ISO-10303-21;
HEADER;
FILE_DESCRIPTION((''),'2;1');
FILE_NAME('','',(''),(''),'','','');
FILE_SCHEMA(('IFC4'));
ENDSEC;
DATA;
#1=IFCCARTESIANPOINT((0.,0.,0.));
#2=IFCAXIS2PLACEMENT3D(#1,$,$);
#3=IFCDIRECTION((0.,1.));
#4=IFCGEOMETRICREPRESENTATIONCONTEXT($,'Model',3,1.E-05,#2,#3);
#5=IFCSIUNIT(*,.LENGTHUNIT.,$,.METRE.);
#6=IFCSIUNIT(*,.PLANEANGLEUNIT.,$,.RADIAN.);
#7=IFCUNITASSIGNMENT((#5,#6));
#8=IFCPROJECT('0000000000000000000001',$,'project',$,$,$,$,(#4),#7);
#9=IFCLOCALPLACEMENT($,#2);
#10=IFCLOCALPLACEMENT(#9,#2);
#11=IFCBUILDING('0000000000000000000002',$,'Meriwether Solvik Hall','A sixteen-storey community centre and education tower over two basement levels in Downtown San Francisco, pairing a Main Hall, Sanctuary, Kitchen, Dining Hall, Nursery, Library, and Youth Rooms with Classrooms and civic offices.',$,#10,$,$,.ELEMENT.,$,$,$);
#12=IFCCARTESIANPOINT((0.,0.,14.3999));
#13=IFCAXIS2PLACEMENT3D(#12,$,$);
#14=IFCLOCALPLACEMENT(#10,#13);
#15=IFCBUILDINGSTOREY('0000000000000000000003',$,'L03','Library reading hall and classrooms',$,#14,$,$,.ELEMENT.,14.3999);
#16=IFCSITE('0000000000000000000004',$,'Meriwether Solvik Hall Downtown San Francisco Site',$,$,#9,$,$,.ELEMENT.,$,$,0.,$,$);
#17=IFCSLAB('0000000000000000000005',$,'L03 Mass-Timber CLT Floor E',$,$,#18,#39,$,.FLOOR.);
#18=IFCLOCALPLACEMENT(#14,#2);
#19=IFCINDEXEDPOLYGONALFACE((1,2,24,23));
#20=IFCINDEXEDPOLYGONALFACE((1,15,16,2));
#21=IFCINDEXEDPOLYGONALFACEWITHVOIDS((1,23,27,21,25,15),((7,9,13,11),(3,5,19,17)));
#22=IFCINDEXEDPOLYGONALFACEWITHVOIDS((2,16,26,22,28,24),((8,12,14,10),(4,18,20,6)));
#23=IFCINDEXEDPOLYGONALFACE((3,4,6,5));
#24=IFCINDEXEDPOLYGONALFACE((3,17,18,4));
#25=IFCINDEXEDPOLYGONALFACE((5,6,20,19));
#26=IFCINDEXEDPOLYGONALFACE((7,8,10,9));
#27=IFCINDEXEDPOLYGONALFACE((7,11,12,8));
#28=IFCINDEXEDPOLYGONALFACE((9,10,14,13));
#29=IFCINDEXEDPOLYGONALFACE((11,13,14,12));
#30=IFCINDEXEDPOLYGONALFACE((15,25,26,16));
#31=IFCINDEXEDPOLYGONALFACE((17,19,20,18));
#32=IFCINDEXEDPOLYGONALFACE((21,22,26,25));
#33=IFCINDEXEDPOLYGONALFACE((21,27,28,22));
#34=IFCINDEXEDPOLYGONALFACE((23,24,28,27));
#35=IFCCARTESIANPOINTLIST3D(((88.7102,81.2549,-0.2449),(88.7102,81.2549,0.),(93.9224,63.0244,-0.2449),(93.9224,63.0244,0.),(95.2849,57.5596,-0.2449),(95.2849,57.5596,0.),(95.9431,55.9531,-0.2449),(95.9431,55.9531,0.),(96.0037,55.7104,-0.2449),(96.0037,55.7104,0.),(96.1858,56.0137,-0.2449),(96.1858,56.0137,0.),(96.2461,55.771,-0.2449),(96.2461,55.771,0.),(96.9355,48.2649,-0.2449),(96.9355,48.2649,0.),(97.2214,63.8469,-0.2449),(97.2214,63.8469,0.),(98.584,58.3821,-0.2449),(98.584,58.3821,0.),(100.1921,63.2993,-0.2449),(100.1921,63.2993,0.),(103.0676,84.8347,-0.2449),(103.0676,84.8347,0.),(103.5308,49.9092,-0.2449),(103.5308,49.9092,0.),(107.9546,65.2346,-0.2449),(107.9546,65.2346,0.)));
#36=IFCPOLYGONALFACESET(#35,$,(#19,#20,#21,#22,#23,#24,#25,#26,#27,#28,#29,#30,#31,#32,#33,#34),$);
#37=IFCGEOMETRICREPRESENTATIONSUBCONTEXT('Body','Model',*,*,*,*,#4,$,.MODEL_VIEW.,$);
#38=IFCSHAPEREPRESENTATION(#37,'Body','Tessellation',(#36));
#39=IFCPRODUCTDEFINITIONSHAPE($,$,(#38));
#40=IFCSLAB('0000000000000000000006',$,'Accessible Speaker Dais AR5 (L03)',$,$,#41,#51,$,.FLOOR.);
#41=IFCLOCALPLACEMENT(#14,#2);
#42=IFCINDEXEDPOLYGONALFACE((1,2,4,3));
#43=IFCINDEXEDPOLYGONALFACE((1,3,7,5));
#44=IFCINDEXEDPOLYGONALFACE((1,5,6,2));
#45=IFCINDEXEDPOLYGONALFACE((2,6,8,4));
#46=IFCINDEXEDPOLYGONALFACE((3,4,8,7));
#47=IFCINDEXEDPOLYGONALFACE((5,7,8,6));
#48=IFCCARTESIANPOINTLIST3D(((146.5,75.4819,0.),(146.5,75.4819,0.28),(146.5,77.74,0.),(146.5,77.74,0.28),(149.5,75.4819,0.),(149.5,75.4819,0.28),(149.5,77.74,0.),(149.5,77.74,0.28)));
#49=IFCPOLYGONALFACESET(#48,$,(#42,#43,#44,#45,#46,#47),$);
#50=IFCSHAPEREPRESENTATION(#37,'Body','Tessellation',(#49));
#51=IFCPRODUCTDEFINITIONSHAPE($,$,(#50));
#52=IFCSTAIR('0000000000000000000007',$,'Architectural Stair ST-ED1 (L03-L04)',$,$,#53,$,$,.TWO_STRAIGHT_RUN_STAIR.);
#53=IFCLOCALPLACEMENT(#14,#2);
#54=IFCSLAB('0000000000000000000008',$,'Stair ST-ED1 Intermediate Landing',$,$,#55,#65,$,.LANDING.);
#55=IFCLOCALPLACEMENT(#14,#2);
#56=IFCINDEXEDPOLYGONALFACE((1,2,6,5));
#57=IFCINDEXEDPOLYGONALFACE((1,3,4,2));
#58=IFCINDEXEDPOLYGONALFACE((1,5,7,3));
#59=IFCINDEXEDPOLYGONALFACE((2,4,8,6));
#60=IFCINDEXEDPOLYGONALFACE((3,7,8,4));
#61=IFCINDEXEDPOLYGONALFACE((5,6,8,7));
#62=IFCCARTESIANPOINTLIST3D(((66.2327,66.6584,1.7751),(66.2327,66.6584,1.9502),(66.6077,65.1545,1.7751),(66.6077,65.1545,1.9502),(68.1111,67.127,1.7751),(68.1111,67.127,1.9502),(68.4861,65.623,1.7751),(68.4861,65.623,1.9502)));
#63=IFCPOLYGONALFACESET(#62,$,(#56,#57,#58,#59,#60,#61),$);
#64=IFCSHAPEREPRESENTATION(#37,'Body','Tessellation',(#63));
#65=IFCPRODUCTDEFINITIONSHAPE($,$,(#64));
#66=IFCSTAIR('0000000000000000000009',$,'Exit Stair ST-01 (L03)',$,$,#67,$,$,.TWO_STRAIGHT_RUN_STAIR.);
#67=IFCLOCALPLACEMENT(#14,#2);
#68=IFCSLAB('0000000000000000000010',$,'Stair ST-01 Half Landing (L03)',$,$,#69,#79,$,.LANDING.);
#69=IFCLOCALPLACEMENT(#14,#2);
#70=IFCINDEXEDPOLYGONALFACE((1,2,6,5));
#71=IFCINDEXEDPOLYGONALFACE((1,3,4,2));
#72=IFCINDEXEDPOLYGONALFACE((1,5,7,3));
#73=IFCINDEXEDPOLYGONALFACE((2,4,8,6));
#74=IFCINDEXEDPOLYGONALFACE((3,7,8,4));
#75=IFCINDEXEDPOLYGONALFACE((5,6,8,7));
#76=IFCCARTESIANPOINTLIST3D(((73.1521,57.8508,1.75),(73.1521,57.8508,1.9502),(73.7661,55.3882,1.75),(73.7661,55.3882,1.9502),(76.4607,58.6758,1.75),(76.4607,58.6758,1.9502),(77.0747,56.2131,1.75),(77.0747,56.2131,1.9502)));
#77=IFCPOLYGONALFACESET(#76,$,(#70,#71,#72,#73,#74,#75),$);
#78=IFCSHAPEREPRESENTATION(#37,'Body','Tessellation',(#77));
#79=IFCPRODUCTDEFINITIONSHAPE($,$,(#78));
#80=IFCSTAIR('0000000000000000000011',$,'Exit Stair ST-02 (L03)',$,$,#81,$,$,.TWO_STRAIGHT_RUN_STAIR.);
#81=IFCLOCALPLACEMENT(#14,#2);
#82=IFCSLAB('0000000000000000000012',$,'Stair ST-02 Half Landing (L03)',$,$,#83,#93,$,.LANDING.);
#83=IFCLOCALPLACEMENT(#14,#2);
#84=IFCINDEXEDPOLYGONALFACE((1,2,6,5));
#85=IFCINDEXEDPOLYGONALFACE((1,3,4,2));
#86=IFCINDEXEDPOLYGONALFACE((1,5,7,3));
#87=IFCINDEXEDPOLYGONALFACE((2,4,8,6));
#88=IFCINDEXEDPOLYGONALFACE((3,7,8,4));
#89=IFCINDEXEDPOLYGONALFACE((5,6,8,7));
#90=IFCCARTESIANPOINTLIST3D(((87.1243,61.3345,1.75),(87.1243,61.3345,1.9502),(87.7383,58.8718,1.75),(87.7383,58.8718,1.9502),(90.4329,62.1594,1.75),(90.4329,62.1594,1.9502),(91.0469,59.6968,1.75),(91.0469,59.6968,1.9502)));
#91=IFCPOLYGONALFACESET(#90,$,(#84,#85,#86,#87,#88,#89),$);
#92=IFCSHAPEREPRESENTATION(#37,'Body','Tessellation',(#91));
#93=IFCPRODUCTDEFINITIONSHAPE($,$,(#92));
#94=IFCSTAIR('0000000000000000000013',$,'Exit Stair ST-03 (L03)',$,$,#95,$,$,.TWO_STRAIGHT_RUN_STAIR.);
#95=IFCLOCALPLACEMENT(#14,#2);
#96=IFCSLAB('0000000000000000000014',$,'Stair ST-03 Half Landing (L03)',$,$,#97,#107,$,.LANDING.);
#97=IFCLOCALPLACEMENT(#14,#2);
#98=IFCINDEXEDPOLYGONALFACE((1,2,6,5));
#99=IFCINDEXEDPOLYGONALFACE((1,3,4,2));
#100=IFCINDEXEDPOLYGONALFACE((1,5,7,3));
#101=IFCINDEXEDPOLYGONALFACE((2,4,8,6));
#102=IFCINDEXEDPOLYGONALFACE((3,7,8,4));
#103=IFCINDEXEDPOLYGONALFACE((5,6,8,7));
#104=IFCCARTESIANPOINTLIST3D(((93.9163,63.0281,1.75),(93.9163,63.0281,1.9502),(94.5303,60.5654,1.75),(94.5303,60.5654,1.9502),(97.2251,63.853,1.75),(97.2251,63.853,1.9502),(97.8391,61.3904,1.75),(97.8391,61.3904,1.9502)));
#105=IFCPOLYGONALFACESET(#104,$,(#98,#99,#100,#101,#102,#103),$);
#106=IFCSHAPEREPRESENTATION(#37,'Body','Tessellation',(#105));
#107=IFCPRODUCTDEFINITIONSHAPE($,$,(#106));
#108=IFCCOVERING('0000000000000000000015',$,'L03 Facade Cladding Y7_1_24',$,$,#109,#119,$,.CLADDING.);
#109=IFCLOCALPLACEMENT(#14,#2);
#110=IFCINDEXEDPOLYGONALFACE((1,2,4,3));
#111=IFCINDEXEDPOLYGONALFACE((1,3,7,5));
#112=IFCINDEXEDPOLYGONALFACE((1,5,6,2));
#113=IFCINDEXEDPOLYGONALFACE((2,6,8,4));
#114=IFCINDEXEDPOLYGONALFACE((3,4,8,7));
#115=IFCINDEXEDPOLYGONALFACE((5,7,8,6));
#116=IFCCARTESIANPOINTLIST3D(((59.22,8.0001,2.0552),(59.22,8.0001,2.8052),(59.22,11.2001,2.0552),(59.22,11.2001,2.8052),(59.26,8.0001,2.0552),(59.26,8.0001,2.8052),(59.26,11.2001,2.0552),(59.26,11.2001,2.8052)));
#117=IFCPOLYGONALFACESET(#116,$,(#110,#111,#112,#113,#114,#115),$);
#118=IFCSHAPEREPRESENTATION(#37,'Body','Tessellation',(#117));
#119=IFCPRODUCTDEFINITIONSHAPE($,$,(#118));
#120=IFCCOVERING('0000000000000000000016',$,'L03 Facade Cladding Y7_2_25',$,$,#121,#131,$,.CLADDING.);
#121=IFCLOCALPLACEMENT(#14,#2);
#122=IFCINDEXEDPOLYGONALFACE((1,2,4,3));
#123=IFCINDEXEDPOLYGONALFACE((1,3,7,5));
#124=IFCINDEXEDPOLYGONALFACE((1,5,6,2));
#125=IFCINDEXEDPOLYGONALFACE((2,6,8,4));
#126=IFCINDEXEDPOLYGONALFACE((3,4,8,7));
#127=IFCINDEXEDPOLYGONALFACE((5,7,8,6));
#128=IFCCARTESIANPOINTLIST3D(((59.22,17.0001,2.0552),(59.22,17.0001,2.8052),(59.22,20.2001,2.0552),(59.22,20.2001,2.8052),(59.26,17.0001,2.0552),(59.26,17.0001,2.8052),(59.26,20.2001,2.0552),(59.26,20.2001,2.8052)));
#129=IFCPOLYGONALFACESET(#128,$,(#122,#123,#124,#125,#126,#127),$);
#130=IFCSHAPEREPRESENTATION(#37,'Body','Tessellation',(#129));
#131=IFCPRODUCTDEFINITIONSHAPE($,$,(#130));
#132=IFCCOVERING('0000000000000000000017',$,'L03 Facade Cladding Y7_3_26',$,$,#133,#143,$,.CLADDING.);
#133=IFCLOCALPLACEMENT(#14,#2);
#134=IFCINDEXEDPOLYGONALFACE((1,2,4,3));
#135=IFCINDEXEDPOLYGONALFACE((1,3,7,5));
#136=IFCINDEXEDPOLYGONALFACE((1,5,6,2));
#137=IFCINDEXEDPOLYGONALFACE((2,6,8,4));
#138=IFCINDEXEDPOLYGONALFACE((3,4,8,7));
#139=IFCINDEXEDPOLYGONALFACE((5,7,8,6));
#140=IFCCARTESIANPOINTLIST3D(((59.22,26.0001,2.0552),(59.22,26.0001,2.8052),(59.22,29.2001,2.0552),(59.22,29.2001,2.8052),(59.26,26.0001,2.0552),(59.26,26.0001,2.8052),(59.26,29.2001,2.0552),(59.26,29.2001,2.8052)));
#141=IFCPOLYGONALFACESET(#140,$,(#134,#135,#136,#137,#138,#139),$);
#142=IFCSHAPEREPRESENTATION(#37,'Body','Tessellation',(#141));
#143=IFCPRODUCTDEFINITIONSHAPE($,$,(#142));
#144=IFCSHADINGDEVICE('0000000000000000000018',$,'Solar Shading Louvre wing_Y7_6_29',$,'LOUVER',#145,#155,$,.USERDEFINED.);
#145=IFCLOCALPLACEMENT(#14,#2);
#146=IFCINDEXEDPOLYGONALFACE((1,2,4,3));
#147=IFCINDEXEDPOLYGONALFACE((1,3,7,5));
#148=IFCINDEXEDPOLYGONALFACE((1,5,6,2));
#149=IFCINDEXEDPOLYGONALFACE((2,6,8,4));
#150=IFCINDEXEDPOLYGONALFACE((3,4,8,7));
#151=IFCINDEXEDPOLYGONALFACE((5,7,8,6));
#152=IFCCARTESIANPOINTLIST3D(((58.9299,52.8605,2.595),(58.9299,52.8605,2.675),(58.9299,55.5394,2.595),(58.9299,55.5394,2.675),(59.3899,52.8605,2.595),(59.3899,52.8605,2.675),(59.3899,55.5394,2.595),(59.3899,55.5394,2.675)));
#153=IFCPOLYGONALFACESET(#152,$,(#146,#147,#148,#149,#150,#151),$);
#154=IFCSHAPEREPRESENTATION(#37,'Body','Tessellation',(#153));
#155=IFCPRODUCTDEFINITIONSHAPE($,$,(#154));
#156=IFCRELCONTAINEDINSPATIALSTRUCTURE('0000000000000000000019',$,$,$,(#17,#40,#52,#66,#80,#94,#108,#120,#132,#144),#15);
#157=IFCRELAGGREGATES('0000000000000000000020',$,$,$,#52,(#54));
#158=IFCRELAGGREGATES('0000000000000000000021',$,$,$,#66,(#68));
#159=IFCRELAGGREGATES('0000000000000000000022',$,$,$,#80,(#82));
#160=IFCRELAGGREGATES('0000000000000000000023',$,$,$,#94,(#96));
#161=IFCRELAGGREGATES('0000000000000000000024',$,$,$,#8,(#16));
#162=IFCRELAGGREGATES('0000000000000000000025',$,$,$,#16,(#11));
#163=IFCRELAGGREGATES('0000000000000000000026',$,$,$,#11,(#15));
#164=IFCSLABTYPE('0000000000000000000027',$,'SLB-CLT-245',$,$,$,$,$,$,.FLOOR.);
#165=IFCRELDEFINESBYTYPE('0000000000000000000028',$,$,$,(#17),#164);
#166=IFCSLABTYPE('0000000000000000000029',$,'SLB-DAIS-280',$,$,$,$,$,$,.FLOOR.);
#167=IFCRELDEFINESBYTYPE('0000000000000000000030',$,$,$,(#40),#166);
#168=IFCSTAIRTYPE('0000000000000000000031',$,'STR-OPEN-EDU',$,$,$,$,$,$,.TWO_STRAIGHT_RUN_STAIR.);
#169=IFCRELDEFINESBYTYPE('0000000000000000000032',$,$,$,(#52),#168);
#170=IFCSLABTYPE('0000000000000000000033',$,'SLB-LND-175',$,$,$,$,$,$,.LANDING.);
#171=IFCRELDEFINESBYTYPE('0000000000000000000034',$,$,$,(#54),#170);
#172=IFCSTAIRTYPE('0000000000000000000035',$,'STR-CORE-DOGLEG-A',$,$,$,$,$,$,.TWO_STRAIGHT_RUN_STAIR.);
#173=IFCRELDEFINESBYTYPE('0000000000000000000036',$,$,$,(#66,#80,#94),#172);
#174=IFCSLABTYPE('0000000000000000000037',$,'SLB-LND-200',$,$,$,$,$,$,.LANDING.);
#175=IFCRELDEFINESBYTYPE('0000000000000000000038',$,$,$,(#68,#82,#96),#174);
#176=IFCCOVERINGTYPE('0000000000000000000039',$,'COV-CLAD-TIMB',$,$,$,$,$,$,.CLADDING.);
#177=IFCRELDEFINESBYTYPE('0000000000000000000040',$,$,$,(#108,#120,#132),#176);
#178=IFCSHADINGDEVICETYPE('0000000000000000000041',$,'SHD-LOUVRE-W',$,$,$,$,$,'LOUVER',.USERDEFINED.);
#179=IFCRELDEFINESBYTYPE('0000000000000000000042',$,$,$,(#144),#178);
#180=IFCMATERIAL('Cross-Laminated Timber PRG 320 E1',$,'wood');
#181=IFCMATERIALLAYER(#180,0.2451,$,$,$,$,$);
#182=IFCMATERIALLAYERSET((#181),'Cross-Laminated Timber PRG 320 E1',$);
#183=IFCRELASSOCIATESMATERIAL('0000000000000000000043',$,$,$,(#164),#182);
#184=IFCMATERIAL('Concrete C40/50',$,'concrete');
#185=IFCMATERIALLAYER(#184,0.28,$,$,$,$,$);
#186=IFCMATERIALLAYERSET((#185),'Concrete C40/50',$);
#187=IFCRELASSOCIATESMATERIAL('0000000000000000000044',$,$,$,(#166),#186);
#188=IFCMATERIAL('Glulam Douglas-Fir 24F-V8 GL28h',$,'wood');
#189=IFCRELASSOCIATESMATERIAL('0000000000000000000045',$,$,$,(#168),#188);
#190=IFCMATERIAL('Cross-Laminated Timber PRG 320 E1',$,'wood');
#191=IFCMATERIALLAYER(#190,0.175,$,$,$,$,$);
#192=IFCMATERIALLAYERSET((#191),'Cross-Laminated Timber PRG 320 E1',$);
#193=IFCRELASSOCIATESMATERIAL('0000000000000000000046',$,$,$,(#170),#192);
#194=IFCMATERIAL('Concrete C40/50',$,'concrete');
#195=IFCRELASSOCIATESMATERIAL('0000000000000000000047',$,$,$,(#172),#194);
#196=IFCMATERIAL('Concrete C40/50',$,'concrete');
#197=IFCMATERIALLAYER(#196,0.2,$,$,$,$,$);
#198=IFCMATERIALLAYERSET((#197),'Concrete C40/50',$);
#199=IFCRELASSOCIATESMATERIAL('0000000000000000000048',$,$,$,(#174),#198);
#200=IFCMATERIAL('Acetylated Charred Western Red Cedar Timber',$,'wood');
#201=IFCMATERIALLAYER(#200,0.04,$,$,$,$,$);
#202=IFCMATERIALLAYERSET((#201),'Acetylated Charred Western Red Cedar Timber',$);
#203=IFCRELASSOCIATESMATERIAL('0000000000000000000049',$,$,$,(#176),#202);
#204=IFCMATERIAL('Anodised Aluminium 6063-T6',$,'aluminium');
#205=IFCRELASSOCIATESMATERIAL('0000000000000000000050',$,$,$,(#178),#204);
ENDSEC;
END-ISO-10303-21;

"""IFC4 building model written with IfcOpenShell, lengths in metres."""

from ifc_helpers import new_model, si_unit, direction, frame, origin, origin_2d, place, context, subcontext, project, spatial, polyline, rectangle, outline, extrude, material, layer, layer_set, type_object, element, aggregate, save


model = new_model("IFC4")

# Units and contexts
model_context = context("Model", 3, precision=1e-05, world=origin(), true_north=direction((0.0, 1.0)))
body_context = subcontext(model_context, "Body", "Model", "MODEL_VIEW")
ifc_project = project(units=[si_unit("LENGTHUNIT", "METRE"), si_unit("PLANEANGLEUNIT", "RADIAN")], contexts=[model_context])

# Site, building, storey
site_placement = place(None, origin())
site = spatial("IfcSite", under=ifc_project, at=site_placement, Name="Meriwether Solvik Hall Downtown San Francisco Site", CompositionType="ELEMENT", RefElevation=0.0)
building_placement = place(site_placement, origin())
building = spatial("IfcBuilding", under=site, at=building_placement, Name="Meriwether Solvik Hall", Description="A sixteen-storey community centre and education tower over two basement levels in Downtown San Francisco, pairing a Main Hall, Sanctuary, Kitchen, Dining Hall, Nursery, Library, and Youth Rooms with Classrooms and civic offices.", CompositionType="ELEMENT")
storey_placement = place(building_placement, frame((0.0, 0.0, 14.3999)))
storey = spatial("IfcBuildingStorey", under=building, at=storey_placement, Name="L03", Description="Library reading hall and classrooms", CompositionType="ELEMENT", Elevation=14.3999)

# Slabs
ifc_material_1 = material(Name="Cross-Laminated Timber PRG 320 E1", Category="wood")
ifc_layer_1 = layer(ifc_material_1, 0.2451)
ifc_layer_set_1 = layer_set([ifc_layer_1], Name="Cross-Laminated Timber PRG 320 E1")
slab_type_1 = type_object("IfcSlabType", Name="SLB-CLT-245", PredefinedType="FLOOR", material=ifc_layer_set_1)
slab_1_placement = place(storey_placement, frame((0.0, 0.0, -0.2449)))
element("IfcSlab", 1, at=slab_1_placement, inside=storey, type_object=slab_type_1, Name="L03 Mass-Timber CLT Floor E", PredefinedType="FLOOR", context=body_context, shape_type="SweptSolid", body=[
    extrude(outline(polyline([(103.0676, 84.8347), (107.9546, 65.2346), (100.1921, 63.2993), (103.5308, 49.9092), (96.9355, 48.2649), (88.7102, 81.2549), (103.0676, 84.8347)]), holes=[polyline([(96.1858, 56.0137), (95.9431, 55.9531), (96.0037, 55.7104), (96.2461, 55.771), (96.1858, 56.0137)]), polyline([(97.2214, 63.8469), (93.9224, 63.0244), (95.2849, 57.5596), (98.584, 58.3821), (97.2214, 63.8469)])]), origin(), (0.0, 0.0, 1.0), 0.2449),
])
ifc_material_2 = material(Name="Concrete C40/50", Category="concrete")
ifc_layer_2 = layer(ifc_material_2, 0.28)
ifc_layer_set_2 = layer_set([ifc_layer_2], Name="Concrete C40/50")
slab_type_2 = type_object("IfcSlabType", Name="SLB-DAIS-280", PredefinedType="FLOOR", material=ifc_layer_set_2)
slab_2_placement = place(storey_placement, origin())
element("IfcSlab", 2, at=slab_2_placement, inside=storey, type_object=slab_type_2, Name="Accessible Speaker Dais AR5 (L03)", PredefinedType="FLOOR", context=body_context, shape_type="SweptSolid", body=[
    extrude(outline(polyline([(146.5, 75.4819), (149.5, 75.4819), (149.5, 77.74), (146.5, 77.74), (146.5, 75.4819)])), origin(), (0.0, 0.0, 1.0), 0.28),
])

# Stairs, slabs
ifc_material_3 = material(Name="Glulam Douglas-Fir 24F-V8 GL28h", Category="wood")
stair_type_1 = type_object("IfcStairType", Name="STR-OPEN-EDU", PredefinedType="TWO_STRAIGHT_RUN_STAIR", material=ifc_material_3)
stair_1_placement = place(storey_placement, origin())
stair_1 = element("IfcStair", 3, at=stair_1_placement, inside=storey, type_object=stair_type_1, Name="Architectural Stair ST-ED1 (L03-L04)", PredefinedType="TWO_STRAIGHT_RUN_STAIR")
ifc_material_4 = material(Name="Cross-Laminated Timber PRG 320 E1", Category="wood")
ifc_layer_3 = layer(ifc_material_4, 0.175)
ifc_layer_set_3 = layer_set([ifc_layer_3], Name="Cross-Laminated Timber PRG 320 E1")
slab_type_3 = type_object("IfcSlabType", Name="SLB-LND-175", PredefinedType="LANDING", material=ifc_layer_set_3)
slab_3_placement = place(storey_placement, frame((0.0, 0.0, 1.7751)))
slab_3 = element("IfcSlab", 4, at=slab_3_placement, type_object=slab_type_3, Name="Stair ST-ED1 Intermediate Landing", PredefinedType="LANDING", context=body_context, shape_type="SweptSolid", body=[
    extrude(outline(polyline([(66.6077, 65.1545), (68.4861, 65.623), (68.1111, 67.127), (66.2327, 66.6584), (66.6077, 65.1545)])), origin(), (0.0, 0.0, 1.0), 0.175),
])
aggregate(stair_1, [slab_3])
ifc_material_5 = material(Name="Concrete C40/50", Category="concrete")
stair_type_2 = type_object("IfcStairType", Name="STR-CORE-DOGLEG-A", PredefinedType="TWO_STRAIGHT_RUN_STAIR", material=ifc_material_5)
stair_2_placement = place(storey_placement, origin())
stair_2 = element("IfcStair", 5, at=stair_2_placement, inside=storey, type_object=stair_type_2, Name="Exit Stair ST-01 (L03)", PredefinedType="TWO_STRAIGHT_RUN_STAIR")
ifc_material_6 = material(Name="Concrete C40/50", Category="concrete")
ifc_layer_4 = layer(ifc_material_6, 0.2)
ifc_layer_set_4 = layer_set([ifc_layer_4], Name="Concrete C40/50")
slab_type_4 = type_object("IfcSlabType", Name="SLB-LND-200", PredefinedType="LANDING", material=ifc_layer_set_4)
slab_4_placement = place(storey_placement, frame((0.0, 0.0, 1.75)))
slab_4 = element("IfcSlab", 6, at=slab_4_placement, type_object=slab_type_4, Name="Stair ST-01 Half Landing (L03)", PredefinedType="LANDING", context=body_context, shape_type="SweptSolid", body=[
    extrude(outline(polyline([(73.7661, 55.3882), (77.0747, 56.2131), (76.4607, 58.6758), (73.1521, 57.8508), (73.7661, 55.3882)])), origin(), (0.0, 0.0, 1.0), 0.2002),
])
aggregate(stair_2, [slab_4])
stair_3_placement = place(storey_placement, origin())
stair_3 = element("IfcStair", 7, at=stair_3_placement, inside=storey, type_object=stair_type_2, Name="Exit Stair ST-02 (L03)", PredefinedType="TWO_STRAIGHT_RUN_STAIR")
slab_5_placement = place(storey_placement, frame((0.0, 0.0, 1.75)))
slab_5 = element("IfcSlab", 8, at=slab_5_placement, type_object=slab_type_4, Name="Stair ST-02 Half Landing (L03)", PredefinedType="LANDING", context=body_context, shape_type="SweptSolid", body=[
    extrude(outline(polyline([(87.7383, 58.8718), (91.0469, 59.6968), (90.4329, 62.1594), (87.1243, 61.3345), (87.7383, 58.8718)])), origin(), (0.0, 0.0, 1.0), 0.2002),
])
aggregate(stair_3, [slab_5])
stair_4_placement = place(storey_placement, origin())
stair_4 = element("IfcStair", 9, at=stair_4_placement, inside=storey, type_object=stair_type_2, Name="Exit Stair ST-03 (L03)", PredefinedType="TWO_STRAIGHT_RUN_STAIR")
slab_6_placement = place(storey_placement, frame((0.0, 0.0, 1.75)))
slab_6 = element("IfcSlab", 10, at=slab_6_placement, type_object=slab_type_4, Name="Stair ST-03 Half Landing (L03)", PredefinedType="LANDING", context=body_context, shape_type="SweptSolid", body=[
    extrude(outline(polyline([(94.5303, 60.5654), (97.8391, 61.3904), (97.2251, 63.853), (93.9163, 63.0281), (94.5303, 60.5654)])), origin(), (0.0, 0.0, 1.0), 0.2002),
])
aggregate(stair_4, [slab_6])

# Coverings
ifc_material_7 = material(Name="Acetylated Charred Western Red Cedar Timber", Category="wood")
ifc_layer_5 = layer(ifc_material_7, 0.04)
ifc_layer_set_5 = layer_set([ifc_layer_5], Name="Acetylated Charred Western Red Cedar Timber")
covering_type = type_object("IfcCoveringType", Name="COV-CLAD-TIMB", PredefinedType="CLADDING", material=ifc_layer_set_5)
for number, where, z_axis, x_axis, name in (
    (11, (59.24, 9.6001, 2.0552), (0.0, 0.0, 1.0), (0.0, 1.0, 0.0), "L03 Facade Cladding Y7_1_24"),
    (12, (59.24, 18.6001, 2.0552), (0.0, 0.0, 1.0), (0.0, 1.0, 0.0), "L03 Facade Cladding Y7_2_25"),
    (13, (59.24, 27.6001, 2.0552), (0.0, 0.0, 1.0), (0.0, 1.0, 0.0), "L03 Facade Cladding Y7_3_26"),
):
    element("IfcCovering", number, at=place(storey_placement, frame(where, z_axis=z_axis, x_axis=x_axis)), inside=storey, type_object=covering_type, Name=name, PredefinedType="CLADDING", context=body_context, shape_type="SweptSolid", body=[
        extrude(rectangle(XDim=3.2, YDim=0.04, at=origin_2d()), origin(), (0.0, 0.0, 1.0), 0.75),
    ])

# Shading device
ifc_material_8 = material(Name="Anodised Aluminium 6063-T6", Category="aluminium")
shading_device_type = type_object("IfcShadingDeviceType", Name="SHD-LOUVRE-W", ElementType="LOUVER", PredefinedType="USERDEFINED", material=ifc_material_8)
shading_device_placement = place(storey_placement, frame((59.1599, 54.2, 2.595), z_axis=(0.0, 0.0, 1.0), x_axis=(0.0, 1.0, 0.0)))
element("IfcShadingDevice", 14, at=shading_device_placement, inside=storey, type_object=shading_device_type, Name="Solar Shading Louvre wing_Y7_6_29", ObjectType="LOUVER", PredefinedType="USERDEFINED", context=body_context, shape_type="SweptSolid", body=[
    extrude(rectangle(XDim=2.679, YDim=0.46, at=origin_2d()), origin(), (0.0, 0.0, 1.0), 0.0801),
])

save(model, "model.ifc")
